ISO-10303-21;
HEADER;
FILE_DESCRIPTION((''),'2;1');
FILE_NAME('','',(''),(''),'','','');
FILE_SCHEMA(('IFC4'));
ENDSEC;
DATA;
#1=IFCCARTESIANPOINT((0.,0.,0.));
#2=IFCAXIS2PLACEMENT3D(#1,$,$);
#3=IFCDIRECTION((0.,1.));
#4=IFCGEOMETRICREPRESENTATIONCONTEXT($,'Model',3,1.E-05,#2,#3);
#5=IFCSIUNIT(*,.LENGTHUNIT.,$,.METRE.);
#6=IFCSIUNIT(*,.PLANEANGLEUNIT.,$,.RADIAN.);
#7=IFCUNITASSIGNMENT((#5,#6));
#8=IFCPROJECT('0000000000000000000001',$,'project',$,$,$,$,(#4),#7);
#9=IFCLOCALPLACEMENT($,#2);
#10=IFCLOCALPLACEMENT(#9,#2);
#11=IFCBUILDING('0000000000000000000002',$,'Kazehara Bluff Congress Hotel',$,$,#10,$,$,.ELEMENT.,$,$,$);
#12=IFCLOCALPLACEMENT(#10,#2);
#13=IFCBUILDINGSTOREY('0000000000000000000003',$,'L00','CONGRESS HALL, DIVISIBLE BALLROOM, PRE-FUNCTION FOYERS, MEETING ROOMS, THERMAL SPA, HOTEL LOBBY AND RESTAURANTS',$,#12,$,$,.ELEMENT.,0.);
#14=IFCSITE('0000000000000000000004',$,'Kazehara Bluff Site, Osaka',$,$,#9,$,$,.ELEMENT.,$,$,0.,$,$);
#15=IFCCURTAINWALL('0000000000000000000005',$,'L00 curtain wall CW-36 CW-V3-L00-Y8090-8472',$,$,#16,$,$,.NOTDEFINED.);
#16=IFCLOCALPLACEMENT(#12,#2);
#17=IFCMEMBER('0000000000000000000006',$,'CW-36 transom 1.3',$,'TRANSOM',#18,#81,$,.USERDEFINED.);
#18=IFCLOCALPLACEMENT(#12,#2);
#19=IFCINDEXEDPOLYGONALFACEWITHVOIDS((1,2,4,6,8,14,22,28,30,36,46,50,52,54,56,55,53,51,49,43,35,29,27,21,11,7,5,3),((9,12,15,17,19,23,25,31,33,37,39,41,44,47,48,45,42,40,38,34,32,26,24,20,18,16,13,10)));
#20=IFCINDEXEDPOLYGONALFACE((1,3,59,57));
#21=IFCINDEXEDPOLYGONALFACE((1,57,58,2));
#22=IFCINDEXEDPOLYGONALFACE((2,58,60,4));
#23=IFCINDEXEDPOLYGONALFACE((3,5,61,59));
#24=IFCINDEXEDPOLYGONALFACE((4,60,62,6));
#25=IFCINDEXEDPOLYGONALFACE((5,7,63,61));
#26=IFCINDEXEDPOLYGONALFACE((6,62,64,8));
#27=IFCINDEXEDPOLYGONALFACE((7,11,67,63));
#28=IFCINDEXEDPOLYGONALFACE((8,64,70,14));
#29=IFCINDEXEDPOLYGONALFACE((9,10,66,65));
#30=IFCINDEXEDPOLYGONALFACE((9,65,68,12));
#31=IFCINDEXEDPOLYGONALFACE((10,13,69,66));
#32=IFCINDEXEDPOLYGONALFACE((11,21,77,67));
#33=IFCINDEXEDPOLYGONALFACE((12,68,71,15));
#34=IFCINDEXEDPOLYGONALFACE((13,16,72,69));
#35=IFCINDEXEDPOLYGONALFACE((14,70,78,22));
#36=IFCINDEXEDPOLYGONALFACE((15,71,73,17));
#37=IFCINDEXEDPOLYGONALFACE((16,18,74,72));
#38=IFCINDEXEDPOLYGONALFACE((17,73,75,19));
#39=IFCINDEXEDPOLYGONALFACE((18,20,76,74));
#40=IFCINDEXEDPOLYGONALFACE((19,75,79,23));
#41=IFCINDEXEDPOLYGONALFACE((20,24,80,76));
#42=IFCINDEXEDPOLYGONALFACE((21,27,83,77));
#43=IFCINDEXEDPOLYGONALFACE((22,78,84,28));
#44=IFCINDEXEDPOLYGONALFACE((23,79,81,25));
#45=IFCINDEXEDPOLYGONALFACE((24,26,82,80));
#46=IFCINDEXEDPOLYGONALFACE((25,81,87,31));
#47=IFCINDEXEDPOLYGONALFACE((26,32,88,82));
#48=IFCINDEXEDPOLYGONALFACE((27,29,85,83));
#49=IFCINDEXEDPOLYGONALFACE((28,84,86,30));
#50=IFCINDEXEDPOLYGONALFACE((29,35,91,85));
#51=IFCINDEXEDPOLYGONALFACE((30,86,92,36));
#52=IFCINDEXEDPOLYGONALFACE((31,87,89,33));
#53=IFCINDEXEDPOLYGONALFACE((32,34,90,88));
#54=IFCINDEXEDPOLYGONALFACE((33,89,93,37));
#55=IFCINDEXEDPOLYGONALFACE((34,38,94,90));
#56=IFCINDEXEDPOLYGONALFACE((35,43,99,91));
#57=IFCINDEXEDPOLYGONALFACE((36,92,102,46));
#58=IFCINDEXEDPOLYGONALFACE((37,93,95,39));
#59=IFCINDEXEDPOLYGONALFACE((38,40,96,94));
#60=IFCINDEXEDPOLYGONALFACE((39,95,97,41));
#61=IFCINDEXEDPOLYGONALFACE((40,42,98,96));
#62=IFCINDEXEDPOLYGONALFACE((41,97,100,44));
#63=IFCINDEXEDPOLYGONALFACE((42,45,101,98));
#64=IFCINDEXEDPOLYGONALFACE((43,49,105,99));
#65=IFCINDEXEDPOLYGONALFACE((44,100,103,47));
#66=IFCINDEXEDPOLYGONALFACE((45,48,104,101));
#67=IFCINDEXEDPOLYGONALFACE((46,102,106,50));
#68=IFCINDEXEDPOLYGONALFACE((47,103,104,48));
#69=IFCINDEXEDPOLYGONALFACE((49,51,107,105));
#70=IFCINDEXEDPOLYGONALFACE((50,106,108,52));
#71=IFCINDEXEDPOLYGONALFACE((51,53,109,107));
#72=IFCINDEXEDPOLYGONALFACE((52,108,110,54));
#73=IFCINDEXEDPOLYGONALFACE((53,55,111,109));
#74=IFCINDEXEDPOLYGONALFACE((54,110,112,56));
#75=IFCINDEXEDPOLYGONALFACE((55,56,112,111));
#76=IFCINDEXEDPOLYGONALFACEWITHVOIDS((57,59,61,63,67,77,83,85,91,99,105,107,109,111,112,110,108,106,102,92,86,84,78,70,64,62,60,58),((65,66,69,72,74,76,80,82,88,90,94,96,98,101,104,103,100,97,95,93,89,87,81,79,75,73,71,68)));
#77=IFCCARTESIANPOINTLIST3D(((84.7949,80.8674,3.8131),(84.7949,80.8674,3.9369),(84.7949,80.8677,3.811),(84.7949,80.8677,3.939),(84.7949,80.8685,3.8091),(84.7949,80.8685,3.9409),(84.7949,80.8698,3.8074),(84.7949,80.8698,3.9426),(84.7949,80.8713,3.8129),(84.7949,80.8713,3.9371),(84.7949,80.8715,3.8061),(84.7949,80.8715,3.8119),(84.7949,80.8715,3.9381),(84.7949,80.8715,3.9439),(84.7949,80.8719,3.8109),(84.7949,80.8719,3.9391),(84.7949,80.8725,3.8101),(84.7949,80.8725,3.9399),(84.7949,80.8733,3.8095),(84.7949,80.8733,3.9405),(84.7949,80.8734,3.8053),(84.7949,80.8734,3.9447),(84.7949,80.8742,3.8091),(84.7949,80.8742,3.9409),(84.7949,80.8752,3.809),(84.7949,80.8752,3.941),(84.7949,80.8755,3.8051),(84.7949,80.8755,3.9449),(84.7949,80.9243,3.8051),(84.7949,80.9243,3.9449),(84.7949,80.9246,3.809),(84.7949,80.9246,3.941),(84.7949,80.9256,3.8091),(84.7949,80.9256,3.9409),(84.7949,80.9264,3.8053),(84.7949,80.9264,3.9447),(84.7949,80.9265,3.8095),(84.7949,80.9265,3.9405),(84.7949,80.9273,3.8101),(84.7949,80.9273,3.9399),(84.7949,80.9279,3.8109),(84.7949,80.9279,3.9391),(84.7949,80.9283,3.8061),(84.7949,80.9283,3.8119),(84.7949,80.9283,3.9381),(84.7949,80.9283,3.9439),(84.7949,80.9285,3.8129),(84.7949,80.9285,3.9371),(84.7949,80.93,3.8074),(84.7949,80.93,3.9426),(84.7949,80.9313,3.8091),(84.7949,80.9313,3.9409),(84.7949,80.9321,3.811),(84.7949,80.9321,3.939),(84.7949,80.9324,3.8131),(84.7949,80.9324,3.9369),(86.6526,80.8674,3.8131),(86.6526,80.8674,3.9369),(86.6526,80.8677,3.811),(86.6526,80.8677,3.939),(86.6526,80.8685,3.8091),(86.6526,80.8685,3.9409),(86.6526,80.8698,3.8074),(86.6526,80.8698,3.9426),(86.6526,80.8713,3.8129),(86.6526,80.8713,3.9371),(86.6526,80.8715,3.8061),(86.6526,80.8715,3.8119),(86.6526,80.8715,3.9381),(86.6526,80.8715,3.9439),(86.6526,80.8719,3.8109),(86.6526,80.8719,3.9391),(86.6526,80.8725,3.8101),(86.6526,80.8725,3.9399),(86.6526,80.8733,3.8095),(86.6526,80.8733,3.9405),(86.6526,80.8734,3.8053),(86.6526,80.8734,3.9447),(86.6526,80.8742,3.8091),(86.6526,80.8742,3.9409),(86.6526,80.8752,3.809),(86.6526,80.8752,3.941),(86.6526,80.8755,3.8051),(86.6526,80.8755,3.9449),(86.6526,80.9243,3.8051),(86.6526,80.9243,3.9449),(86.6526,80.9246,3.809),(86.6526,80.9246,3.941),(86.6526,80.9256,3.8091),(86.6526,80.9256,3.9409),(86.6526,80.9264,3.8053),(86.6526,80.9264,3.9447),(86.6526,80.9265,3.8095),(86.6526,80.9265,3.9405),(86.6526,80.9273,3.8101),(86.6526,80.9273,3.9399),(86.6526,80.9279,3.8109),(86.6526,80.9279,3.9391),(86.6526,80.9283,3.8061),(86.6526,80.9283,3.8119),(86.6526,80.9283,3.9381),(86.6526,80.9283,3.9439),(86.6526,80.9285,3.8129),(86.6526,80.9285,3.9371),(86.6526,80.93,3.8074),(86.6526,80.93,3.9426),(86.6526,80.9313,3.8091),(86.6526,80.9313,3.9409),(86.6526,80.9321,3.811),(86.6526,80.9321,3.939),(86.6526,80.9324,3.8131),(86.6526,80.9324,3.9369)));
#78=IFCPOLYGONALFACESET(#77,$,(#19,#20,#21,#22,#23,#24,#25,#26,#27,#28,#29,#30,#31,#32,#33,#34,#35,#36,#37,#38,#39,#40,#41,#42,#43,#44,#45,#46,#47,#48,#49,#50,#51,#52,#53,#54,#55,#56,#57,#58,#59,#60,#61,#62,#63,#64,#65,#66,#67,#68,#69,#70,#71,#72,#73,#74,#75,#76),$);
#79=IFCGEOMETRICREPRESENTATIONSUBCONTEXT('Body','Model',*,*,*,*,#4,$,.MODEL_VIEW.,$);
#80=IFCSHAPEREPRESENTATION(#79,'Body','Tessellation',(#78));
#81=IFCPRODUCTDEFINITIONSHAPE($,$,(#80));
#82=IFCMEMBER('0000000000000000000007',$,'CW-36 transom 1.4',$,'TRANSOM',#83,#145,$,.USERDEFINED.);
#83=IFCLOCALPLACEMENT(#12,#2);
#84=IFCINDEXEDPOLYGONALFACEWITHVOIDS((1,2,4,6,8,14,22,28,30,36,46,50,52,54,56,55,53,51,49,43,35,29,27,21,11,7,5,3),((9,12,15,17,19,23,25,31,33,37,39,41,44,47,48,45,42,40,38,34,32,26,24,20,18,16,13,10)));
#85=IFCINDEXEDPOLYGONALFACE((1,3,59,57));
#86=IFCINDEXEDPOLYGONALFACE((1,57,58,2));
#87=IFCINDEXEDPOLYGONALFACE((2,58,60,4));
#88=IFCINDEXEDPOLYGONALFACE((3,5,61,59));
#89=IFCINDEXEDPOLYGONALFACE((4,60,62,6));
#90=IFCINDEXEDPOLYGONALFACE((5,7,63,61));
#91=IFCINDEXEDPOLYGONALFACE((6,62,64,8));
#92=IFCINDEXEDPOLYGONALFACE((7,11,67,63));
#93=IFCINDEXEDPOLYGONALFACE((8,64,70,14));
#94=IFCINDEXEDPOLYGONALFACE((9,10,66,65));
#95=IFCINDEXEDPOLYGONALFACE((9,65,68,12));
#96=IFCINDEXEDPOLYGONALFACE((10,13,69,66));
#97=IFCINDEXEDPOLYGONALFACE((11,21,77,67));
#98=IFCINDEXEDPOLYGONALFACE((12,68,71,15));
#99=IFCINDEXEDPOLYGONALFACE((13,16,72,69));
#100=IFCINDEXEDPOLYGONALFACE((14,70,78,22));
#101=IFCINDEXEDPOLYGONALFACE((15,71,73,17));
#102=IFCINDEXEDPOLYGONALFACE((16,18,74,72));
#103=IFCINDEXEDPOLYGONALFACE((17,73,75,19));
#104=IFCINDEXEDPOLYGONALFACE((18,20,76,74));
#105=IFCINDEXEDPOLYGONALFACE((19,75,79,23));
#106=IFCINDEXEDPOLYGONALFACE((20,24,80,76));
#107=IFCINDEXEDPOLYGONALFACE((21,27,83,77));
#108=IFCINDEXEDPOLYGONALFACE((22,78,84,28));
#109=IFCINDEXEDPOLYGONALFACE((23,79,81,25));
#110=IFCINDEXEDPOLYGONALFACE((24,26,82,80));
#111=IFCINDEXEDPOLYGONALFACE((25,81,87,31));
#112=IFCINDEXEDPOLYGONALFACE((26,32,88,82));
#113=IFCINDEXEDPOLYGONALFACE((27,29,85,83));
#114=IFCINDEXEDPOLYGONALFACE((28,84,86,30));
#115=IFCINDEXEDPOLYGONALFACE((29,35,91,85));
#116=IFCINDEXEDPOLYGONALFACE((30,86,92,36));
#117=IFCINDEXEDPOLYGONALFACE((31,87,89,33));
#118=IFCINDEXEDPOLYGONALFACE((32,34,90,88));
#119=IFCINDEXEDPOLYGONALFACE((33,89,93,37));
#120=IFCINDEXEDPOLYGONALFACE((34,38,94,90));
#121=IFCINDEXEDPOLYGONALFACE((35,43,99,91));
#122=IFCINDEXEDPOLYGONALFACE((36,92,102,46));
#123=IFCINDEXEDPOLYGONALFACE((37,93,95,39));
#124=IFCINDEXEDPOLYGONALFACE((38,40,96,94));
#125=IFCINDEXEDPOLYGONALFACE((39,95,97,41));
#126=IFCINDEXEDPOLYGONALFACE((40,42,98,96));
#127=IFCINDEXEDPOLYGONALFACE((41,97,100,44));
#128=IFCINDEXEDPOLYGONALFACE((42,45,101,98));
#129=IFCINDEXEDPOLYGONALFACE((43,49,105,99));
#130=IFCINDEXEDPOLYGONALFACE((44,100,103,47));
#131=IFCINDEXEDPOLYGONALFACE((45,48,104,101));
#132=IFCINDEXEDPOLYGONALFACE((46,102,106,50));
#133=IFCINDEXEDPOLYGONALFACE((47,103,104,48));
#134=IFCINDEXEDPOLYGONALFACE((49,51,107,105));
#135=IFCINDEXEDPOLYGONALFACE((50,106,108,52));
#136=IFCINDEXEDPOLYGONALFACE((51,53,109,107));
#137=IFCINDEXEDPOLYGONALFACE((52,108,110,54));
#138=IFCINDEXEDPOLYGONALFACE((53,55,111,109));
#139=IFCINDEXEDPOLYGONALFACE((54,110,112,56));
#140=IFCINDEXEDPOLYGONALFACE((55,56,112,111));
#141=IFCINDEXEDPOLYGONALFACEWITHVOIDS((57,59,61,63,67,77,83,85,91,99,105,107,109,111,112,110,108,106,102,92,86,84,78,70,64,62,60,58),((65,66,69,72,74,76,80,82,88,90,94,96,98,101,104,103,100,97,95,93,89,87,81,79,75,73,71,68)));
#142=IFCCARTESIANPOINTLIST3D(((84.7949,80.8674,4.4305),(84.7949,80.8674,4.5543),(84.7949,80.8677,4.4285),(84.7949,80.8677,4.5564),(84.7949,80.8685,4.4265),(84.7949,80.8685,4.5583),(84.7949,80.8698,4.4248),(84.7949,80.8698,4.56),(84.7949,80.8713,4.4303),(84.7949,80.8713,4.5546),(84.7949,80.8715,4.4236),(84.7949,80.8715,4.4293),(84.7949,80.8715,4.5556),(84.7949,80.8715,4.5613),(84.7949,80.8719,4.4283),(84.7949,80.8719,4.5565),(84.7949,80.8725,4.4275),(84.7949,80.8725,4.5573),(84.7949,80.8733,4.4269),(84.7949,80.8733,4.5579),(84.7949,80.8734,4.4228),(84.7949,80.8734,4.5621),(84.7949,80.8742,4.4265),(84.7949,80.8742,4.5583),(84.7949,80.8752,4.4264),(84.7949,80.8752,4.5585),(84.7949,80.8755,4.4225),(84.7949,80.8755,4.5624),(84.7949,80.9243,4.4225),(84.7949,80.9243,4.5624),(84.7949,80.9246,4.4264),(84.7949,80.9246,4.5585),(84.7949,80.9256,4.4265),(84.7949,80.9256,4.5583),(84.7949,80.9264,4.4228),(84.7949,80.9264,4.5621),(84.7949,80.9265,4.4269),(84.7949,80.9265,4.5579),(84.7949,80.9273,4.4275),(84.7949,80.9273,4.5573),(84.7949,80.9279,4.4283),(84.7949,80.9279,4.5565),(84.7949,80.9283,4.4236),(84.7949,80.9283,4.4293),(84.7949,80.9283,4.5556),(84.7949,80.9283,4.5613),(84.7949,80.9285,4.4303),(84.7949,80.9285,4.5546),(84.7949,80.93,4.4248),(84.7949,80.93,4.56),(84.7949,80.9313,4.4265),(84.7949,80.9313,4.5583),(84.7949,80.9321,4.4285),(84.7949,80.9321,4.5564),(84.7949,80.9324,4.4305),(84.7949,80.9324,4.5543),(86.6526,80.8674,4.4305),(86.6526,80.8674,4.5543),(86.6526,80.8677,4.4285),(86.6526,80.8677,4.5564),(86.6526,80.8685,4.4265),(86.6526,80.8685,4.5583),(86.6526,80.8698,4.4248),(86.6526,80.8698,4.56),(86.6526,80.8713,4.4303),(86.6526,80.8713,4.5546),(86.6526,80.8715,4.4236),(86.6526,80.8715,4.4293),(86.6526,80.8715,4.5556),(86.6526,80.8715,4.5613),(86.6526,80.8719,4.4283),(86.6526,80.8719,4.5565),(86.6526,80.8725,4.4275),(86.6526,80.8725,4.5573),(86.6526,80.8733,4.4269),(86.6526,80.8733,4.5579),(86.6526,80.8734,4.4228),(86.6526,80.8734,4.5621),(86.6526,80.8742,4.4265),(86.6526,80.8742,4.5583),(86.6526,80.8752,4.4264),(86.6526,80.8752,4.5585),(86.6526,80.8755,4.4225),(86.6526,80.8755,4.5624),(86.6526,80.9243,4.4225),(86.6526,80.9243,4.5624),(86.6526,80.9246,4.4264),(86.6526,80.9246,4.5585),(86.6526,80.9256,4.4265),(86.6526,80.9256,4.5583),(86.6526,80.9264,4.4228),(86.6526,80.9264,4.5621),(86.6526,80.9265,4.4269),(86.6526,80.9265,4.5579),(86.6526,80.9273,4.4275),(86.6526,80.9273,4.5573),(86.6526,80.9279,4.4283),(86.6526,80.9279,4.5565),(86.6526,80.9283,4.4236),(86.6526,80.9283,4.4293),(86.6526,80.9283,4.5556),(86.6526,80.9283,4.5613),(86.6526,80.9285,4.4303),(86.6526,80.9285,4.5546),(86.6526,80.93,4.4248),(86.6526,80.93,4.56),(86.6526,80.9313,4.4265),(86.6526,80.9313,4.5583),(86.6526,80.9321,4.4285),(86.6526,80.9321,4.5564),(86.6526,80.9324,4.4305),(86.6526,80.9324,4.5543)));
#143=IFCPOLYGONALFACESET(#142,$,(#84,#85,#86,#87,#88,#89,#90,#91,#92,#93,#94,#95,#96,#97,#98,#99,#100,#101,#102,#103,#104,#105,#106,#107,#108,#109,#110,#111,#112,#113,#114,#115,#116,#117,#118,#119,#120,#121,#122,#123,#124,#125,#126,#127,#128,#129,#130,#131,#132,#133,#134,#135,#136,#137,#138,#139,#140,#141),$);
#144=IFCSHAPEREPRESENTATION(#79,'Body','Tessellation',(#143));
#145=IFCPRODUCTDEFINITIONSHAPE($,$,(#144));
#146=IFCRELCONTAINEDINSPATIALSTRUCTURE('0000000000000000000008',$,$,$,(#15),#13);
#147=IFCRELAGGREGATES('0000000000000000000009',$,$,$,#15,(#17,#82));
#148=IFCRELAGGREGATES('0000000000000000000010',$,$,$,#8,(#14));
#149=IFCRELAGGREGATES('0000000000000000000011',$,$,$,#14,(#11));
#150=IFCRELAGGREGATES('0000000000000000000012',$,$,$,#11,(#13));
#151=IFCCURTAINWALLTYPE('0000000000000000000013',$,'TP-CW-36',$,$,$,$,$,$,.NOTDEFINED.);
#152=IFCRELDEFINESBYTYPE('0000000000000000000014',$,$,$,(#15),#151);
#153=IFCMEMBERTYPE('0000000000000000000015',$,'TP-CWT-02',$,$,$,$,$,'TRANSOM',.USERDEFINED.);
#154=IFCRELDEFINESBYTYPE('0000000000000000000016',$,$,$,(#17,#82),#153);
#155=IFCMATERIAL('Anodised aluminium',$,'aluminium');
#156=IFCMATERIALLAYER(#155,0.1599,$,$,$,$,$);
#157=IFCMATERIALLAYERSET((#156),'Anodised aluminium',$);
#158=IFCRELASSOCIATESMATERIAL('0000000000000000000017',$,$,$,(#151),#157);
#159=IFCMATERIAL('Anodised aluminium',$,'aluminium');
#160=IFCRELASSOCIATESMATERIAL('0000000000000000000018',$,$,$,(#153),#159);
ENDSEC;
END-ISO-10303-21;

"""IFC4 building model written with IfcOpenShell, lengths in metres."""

from ifc_helpers import new_model, si_unit, direction, frame, origin, origin_2d, place, context, subcontext, project, spatial, hollow_rectangle, extrude, material, layer, layer_set, material_profile, profile_set, type_object, element, aggregate, save


model = new_model("IFC4")

# Units and contexts
model_context = context("Model", 3, precision=1e-05, world=origin(), true_north=direction((0.0, 1.0)))
body_context = subcontext(model_context, "Body", "Model", "MODEL_VIEW")
ifc_project = project(units=[si_unit("LENGTHUNIT", "METRE"), si_unit("PLANEANGLEUNIT", "RADIAN")], contexts=[model_context])

# Site, building, storey
site_placement = place(None, origin())
site = spatial("IfcSite", under=ifc_project, at=site_placement, Name="Kazehara Bluff Site, Osaka", CompositionType="ELEMENT", RefElevation=0.0)
building_placement = place(site_placement, origin())
building = spatial("IfcBuilding", under=site, at=building_placement, Name="Kazehara Bluff Congress Hotel", CompositionType="ELEMENT")
storey_placement = place(building_placement, origin())
storey = spatial("IfcBuildingStorey", under=building, at=storey_placement, Name="L00", Description="CONGRESS HALL, DIVISIBLE BALLROOM, PRE-FUNCTION FOYERS, MEETING ROOMS, THERMAL SPA, HOTEL LOBBY AND RESTAURANTS", CompositionType="ELEMENT", Elevation=0.0)

# Shared definitions
ifc_material_1 = material(Name="Anodised aluminium", Category="aluminium")
ifc_layer_1 = layer(ifc_material_1, 0.1599)
ifc_layer_set_1 = layer_set([ifc_layer_1], Name="Anodised aluminium")
curtain_wall_type = type_object("IfcCurtainWallType", Name="TP-CW-36", PredefinedType="NOTDEFINED", material=ifc_layer_set_1)

# Curtain wall
curtain_wall_1_placement = place(storey_placement, origin())
curtain_wall_1 = element("IfcCurtainWall", 1, at=curtain_wall_1_placement, inside=storey, type_object=curtain_wall_type, Name="L00 curtain wall CW-36 CW-V3-L00-Y8090-8472", PredefinedType="NOTDEFINED")

# Members
ifc_material_2 = material(Name="Anodised aluminium", Category="aluminium")
ifc_material_profile_1 = material_profile(ifc_material_2, hollow_rectangle(XDim=0.0649, YDim=0.1399, WallThickness=0.0039, InnerFilletRadius=0.0039, OuterFilletRadius=0.0081, at=origin_2d()))
ifc_profile_set_1 = profile_set([ifc_material_profile_1], Name="Anodised aluminium")
member_type_1 = type_object("IfcMemberType", Name="TP-CWT-02", ElementType="TRANSOM", PredefinedType="USERDEFINED", material=ifc_profile_set_1)
member_1_placement = place(storey_placement, frame((84.7949, 80.8999, 3.875), z_axis=(1.0, 0.0, 0.0), x_axis=(0.0, 1.0, 0.0)))
member_1 = element("IfcMember", 2, at=member_1_placement, type_object=member_type_1, Name="CW-36 transom 1.3", ObjectType="TRANSOM", PredefinedType="USERDEFINED", context=body_context, shape_type="SweptSolid", body=[
    extrude(hollow_rectangle(XDim=0.0649, YDim=0.1399, WallThickness=0.0039, InnerFilletRadius=0.0039, OuterFilletRadius=0.0081, at=origin_2d()), origin(), (0.0, 0.0, 1.0), 1.8577),
])
member_2_placement = place(storey_placement, frame((84.7949, 80.8999, 4.4924), z_axis=(1.0, 0.0, 0.0), x_axis=(0.0, 1.0, 0.0)))
member_2 = element("IfcMember", 3, at=member_2_placement, type_object=member_type_1, Name="CW-36 transom 1.4", ObjectType="TRANSOM", PredefinedType="USERDEFINED", context=body_context, shape_type="SweptSolid", body=[
    extrude(hollow_rectangle(XDim=0.0649, YDim=0.1399, WallThickness=0.0039, InnerFilletRadius=0.0039, OuterFilletRadius=0.0081, at=origin_2d()), origin(), (0.0, 0.0, 1.0), 1.8577),
])

aggregate(curtain_wall_1, [member_1, member_2])

save(model, "model.ifc")
